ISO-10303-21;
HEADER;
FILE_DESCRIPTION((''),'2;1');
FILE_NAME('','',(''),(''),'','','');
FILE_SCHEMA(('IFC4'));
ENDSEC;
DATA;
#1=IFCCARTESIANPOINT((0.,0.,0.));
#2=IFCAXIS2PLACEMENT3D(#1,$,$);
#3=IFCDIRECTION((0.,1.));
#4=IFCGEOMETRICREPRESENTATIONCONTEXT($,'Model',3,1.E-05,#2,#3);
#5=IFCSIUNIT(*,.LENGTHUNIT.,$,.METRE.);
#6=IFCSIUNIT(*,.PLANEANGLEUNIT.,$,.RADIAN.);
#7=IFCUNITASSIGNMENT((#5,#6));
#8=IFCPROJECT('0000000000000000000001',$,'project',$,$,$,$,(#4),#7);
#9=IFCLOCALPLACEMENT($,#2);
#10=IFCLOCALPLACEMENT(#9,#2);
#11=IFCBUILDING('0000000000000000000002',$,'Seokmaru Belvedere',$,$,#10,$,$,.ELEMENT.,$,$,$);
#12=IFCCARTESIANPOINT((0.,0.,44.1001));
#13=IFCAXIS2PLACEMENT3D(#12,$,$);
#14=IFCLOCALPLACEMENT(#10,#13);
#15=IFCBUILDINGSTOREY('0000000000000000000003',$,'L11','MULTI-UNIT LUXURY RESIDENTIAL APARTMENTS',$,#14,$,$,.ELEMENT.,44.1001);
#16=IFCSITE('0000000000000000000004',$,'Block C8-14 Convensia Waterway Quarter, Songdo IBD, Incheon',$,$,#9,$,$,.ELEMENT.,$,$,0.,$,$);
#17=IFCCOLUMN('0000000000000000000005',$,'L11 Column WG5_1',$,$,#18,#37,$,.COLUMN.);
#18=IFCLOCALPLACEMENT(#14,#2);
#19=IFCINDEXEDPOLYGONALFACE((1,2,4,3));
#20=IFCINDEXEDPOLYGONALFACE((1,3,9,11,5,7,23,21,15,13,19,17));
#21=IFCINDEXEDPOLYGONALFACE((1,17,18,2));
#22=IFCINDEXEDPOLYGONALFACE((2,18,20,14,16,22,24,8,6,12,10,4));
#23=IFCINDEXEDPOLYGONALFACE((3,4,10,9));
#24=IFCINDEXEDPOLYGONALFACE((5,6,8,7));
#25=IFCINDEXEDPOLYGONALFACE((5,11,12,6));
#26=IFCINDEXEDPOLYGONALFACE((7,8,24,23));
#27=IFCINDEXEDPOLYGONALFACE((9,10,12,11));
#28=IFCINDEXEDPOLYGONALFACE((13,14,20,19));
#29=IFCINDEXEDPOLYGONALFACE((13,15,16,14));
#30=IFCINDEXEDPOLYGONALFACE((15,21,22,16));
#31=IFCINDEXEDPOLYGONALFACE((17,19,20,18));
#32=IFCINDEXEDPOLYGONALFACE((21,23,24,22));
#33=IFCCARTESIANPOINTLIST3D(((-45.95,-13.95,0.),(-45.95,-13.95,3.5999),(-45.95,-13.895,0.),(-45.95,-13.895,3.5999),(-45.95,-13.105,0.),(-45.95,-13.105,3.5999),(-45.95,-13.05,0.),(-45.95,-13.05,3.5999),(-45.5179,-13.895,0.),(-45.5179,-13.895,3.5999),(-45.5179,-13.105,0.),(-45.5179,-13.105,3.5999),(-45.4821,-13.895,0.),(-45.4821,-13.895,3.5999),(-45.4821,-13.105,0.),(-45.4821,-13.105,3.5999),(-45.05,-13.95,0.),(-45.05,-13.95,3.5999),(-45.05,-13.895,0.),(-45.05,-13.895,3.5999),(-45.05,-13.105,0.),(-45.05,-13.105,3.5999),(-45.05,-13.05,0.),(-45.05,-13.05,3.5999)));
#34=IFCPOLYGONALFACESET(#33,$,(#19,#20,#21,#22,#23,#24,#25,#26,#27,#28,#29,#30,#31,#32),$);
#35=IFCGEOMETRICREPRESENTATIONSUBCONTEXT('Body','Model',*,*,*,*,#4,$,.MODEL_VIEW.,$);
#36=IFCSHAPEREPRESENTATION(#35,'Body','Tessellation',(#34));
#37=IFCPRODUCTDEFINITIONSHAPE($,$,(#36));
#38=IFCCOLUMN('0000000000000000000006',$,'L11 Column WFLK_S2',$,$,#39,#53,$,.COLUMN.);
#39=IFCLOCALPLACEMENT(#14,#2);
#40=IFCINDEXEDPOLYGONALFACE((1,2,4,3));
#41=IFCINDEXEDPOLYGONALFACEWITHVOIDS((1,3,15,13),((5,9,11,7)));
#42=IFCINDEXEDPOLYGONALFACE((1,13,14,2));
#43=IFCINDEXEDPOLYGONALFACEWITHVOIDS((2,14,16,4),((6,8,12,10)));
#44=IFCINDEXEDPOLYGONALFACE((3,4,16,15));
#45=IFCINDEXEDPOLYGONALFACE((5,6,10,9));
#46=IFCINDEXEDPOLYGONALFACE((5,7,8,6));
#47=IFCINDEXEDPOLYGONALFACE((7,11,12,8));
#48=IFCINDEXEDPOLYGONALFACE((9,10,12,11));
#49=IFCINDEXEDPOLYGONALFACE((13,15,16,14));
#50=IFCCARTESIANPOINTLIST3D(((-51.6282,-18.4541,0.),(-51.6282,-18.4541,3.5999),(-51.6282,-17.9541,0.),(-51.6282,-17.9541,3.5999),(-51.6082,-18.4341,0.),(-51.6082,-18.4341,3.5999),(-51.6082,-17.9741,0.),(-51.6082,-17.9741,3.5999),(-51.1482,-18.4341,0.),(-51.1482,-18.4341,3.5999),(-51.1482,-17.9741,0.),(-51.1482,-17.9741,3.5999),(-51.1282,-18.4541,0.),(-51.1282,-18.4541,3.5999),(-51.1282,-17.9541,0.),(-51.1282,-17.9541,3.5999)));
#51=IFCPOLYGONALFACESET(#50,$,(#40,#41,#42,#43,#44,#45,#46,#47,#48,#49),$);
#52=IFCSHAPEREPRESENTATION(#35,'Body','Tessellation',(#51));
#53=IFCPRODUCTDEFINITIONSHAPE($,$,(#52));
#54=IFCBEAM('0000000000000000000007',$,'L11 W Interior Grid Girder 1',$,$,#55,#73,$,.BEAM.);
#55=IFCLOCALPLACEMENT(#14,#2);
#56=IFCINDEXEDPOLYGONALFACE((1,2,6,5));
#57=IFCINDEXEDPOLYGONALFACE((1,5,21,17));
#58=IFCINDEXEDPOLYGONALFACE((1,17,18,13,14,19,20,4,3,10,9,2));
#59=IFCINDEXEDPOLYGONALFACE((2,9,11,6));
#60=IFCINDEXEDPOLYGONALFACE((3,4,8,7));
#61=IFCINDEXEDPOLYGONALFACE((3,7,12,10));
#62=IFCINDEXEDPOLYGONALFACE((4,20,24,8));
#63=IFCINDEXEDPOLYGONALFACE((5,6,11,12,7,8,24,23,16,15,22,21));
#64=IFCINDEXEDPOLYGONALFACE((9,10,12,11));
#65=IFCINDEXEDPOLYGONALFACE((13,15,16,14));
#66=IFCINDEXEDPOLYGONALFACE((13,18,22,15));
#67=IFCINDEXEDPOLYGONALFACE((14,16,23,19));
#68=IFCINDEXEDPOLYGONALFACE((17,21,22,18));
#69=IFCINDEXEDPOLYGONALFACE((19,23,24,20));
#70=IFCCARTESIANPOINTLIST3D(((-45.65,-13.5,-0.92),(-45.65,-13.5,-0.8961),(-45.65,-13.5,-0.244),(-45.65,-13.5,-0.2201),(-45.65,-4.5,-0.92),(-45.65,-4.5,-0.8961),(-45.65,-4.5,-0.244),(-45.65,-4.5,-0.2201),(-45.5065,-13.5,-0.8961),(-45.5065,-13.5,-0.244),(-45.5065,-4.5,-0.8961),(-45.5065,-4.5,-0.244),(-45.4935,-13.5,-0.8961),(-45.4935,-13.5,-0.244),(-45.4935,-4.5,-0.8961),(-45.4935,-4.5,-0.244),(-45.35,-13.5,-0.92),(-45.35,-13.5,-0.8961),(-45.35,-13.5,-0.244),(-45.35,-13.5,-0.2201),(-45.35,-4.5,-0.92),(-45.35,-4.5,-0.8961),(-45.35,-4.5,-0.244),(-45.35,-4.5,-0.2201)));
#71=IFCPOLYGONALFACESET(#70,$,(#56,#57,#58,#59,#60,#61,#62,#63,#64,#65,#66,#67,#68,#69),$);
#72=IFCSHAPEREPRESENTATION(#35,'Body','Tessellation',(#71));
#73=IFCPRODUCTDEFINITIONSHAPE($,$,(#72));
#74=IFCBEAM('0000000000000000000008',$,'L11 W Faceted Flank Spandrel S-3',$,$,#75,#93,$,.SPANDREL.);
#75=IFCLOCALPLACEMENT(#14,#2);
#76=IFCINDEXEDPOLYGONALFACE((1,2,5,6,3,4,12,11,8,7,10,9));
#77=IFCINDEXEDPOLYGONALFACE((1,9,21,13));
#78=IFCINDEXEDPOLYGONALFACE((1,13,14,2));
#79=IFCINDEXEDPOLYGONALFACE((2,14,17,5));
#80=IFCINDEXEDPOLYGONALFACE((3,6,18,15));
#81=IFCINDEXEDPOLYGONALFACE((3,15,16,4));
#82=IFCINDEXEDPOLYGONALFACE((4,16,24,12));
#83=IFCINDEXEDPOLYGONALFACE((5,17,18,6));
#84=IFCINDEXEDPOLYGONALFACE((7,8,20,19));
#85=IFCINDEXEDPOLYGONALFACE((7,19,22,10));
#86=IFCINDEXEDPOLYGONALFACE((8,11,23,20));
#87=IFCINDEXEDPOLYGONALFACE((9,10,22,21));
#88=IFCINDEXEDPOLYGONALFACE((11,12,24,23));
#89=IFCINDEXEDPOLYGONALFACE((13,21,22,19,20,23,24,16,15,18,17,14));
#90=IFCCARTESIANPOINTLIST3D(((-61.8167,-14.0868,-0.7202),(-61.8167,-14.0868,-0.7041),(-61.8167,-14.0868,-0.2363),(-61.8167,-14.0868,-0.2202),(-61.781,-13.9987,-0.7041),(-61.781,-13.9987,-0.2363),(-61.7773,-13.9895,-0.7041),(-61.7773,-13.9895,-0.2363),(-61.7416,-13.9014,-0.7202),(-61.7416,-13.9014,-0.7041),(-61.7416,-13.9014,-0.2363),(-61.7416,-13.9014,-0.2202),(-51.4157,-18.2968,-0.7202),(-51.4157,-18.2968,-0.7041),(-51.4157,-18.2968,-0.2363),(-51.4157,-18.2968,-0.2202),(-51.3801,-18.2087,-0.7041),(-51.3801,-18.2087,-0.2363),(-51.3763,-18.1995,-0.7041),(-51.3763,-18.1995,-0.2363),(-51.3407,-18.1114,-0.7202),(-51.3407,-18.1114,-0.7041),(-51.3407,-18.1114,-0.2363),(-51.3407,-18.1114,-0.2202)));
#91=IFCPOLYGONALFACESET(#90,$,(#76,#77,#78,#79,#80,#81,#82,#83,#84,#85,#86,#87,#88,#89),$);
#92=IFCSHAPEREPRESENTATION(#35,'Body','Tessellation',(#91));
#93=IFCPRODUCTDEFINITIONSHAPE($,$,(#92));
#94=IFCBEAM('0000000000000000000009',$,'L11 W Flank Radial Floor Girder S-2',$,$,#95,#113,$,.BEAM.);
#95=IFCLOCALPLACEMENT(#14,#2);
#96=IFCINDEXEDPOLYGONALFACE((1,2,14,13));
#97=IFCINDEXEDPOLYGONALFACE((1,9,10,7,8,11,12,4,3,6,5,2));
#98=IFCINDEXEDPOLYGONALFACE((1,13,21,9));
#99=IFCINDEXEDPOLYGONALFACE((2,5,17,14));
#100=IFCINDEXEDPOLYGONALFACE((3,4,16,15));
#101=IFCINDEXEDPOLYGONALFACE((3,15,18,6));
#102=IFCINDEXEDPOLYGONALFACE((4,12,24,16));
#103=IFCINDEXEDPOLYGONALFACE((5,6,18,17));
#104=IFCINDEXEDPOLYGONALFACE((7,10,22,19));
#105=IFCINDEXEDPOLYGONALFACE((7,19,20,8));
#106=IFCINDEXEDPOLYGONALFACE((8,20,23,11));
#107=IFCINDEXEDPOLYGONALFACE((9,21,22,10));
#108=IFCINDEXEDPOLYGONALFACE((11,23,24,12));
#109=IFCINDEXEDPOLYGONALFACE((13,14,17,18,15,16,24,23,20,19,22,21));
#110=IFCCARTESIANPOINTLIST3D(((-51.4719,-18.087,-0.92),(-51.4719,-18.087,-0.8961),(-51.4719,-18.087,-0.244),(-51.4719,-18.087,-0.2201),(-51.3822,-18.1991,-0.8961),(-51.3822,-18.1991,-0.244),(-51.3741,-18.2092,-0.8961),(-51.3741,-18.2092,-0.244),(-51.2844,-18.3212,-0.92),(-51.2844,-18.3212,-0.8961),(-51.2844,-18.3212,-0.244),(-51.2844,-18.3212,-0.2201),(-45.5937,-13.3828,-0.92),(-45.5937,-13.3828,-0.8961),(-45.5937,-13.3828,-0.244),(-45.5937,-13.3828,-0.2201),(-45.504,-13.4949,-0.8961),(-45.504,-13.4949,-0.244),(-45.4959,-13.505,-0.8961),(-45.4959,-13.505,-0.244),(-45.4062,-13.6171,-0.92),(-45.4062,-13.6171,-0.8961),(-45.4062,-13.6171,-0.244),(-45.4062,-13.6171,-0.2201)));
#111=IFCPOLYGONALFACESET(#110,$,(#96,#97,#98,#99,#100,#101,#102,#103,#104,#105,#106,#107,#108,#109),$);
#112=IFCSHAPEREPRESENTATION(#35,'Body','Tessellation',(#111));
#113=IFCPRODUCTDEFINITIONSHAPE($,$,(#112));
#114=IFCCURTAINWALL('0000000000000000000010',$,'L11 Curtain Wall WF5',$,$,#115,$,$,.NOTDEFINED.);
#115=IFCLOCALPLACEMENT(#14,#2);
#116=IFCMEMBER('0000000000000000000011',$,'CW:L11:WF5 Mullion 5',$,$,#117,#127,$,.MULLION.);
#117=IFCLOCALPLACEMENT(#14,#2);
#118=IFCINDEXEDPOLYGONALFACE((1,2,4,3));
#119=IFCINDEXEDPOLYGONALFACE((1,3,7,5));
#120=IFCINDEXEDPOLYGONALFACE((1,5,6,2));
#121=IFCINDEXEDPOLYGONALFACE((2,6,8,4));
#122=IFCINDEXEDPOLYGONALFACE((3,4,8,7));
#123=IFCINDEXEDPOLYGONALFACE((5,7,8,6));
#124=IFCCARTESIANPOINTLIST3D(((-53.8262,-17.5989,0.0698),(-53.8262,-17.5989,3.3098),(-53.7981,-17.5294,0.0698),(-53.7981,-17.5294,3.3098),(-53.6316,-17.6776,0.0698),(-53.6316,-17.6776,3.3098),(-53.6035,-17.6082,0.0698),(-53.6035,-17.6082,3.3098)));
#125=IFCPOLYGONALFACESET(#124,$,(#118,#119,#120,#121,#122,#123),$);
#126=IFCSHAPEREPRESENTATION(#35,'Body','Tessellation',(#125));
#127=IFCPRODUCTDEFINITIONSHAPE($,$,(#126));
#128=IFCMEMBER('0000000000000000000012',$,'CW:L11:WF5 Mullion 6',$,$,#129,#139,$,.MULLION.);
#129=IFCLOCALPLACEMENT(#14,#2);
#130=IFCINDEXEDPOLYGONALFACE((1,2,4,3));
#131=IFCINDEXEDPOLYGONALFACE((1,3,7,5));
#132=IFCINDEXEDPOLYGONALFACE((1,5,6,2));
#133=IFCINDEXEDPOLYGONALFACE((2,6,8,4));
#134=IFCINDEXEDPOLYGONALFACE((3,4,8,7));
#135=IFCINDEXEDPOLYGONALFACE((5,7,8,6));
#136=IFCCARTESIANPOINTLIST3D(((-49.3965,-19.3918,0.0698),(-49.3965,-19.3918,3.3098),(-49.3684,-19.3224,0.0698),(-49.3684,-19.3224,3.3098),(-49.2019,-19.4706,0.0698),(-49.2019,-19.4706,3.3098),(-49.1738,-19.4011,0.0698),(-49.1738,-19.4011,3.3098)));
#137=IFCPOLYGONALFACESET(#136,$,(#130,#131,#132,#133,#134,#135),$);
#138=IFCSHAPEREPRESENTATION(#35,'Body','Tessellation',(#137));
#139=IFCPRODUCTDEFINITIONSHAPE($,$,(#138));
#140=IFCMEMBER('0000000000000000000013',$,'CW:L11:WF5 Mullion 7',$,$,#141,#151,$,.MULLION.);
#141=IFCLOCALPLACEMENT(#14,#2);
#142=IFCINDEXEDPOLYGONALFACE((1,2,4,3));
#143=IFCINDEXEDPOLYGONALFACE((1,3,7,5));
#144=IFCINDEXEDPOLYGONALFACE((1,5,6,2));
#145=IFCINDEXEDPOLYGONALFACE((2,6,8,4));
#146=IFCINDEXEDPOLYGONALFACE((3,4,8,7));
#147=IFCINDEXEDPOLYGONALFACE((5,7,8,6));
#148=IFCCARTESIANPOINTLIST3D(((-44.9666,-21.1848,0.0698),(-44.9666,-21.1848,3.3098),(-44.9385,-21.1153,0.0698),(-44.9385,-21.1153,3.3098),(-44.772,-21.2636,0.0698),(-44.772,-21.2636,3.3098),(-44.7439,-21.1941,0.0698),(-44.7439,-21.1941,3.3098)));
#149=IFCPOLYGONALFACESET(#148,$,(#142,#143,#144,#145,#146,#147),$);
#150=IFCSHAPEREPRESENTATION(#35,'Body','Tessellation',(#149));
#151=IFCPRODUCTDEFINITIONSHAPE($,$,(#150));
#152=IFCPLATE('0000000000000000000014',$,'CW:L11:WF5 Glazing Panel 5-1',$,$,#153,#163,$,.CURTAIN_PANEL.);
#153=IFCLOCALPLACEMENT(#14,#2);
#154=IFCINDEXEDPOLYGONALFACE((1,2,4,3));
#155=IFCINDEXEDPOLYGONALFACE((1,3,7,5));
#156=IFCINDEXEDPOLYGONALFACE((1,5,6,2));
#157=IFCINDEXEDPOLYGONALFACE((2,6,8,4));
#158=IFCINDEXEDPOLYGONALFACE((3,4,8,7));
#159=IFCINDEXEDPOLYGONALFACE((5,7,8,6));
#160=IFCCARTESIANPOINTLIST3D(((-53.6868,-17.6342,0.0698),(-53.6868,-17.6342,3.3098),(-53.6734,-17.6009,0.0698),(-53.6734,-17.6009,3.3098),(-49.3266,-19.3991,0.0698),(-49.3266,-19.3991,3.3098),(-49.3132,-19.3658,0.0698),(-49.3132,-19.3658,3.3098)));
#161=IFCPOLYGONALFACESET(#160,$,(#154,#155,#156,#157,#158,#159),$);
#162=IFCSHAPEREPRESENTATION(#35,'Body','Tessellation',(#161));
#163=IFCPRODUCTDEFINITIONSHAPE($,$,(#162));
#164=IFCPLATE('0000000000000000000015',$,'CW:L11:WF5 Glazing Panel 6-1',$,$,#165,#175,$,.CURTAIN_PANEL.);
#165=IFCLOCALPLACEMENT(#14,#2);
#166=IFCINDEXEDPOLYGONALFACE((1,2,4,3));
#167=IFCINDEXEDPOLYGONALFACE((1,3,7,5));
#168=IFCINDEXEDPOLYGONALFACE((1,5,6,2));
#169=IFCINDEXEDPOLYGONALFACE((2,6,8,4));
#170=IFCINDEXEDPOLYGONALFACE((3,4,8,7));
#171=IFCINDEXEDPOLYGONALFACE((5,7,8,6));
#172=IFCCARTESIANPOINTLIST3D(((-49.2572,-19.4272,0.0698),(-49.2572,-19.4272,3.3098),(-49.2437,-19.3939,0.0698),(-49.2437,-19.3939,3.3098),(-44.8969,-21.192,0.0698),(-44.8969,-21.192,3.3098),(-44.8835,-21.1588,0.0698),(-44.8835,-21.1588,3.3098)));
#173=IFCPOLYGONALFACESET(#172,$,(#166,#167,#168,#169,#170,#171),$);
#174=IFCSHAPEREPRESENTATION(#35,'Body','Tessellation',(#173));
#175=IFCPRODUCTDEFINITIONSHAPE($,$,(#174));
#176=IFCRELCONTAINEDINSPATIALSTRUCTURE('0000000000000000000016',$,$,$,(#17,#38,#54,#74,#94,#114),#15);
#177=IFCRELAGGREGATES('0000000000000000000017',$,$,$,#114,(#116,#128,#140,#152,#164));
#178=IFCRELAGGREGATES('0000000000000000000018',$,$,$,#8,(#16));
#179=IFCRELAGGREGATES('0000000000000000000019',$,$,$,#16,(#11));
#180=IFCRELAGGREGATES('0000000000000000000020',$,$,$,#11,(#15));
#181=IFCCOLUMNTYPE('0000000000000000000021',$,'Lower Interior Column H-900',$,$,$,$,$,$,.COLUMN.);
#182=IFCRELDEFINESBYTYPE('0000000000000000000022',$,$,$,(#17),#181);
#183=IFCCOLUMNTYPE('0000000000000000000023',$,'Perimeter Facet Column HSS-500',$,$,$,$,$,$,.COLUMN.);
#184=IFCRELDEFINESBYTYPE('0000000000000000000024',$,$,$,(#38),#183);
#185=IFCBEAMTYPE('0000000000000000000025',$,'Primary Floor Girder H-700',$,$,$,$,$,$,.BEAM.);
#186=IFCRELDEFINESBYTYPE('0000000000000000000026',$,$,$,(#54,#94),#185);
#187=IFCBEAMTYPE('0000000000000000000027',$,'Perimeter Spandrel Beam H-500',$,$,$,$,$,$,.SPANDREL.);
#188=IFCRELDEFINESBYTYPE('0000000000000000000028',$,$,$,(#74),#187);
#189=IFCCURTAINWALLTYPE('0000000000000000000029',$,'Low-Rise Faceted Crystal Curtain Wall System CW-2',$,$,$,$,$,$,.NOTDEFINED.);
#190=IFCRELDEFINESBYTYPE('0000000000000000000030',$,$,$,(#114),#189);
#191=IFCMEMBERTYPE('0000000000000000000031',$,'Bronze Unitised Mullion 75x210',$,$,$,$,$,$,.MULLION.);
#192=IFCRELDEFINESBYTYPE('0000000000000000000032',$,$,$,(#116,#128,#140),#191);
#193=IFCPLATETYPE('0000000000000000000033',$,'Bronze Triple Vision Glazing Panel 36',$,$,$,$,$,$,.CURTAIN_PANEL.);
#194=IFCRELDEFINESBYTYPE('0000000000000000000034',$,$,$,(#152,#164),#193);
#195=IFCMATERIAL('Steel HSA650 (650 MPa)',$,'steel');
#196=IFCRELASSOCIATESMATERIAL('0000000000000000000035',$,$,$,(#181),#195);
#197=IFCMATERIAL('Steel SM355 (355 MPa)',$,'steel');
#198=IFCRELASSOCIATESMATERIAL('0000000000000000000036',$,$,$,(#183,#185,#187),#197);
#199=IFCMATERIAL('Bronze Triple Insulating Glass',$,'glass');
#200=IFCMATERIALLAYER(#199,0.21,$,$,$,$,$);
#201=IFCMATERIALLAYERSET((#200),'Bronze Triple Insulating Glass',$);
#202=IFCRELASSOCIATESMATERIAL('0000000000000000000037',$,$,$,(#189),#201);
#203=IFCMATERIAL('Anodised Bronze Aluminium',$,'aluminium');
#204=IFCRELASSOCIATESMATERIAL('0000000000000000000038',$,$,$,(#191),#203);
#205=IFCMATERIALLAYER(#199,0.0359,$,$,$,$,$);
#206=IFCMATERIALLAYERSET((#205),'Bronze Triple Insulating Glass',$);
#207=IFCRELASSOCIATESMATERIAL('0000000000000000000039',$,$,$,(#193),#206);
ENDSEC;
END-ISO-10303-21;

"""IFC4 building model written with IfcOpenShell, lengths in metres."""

from ifc_helpers import new_model, si_unit, direction, frame, origin, origin_2d, place, context, subcontext, project, spatial, rectangle, hollow_rectangle, i_section, extrude, source, transform, mapped, material, layer, layer_set, material_profile, profile_set, type_object, type_shapes, element, aggregate, save


model = new_model("IFC4")

# Units and contexts
model_context = context("Model", 3, precision=1e-05, world=origin(), true_north=direction((0.0, 1.0)))
body_context = subcontext(model_context, "Body", "Model", "MODEL_VIEW")
ifc_project = project(units=[si_unit("LENGTHUNIT", "METRE"), si_unit("PLANEANGLEUNIT", "RADIAN")], contexts=[model_context])

# Site, building, storey
site_placement = place(None, origin())
site = spatial("IfcSite", under=ifc_project, at=site_placement, Name="Block C8-14 Convensia Waterway Quarter, Songdo IBD, Incheon", CompositionType="ELEMENT", RefElevation=0.0)
building_placement = place(site_placement, origin())
building = spatial("IfcBuilding", under=site, at=building_placement, Name="Seokmaru Belvedere", CompositionType="ELEMENT")
storey_placement = place(building_placement, frame((0.0, 0.0, 44.1001)))
storey = spatial("IfcBuildingStorey", under=building, at=storey_placement, Name="L11", Description="MULTI-UNIT LUXURY RESIDENTIAL APARTMENTS", CompositionType="ELEMENT", Elevation=44.1001)

# Columns
ifc_material_1 = material(Name="Steel HSA650 (650 MPa)", Category="steel")
ifc_material_profile_1 = material_profile(ifc_material_1, i_section(OverallWidth=0.8999, OverallDepth=0.8999, WebThickness=0.0359, FlangeThickness=0.0549, at=origin_2d()), Name="H-900x900x36x55")
ifc_profile_set_1 = profile_set([ifc_material_profile_1], Name="Steel HSA650 (650 MPa)")
column_type_1 = type_object("IfcColumnType", Name="Lower Interior Column H-900", PredefinedType="COLUMN", material=ifc_profile_set_1)
shared_shape_1 = source(origin(), body_context, "Body", "SweptSolid", [
    extrude(i_section(OverallWidth=0.8999, OverallDepth=0.8999, WebThickness=0.0359, FlangeThickness=0.0549, at=origin_2d()), origin(), (0.0, 0.0, 1.0), 3.5999),
])
type_shapes(column_type_1, [shared_shape_1])
column_1_placement = place(storey_placement, frame((-45.5, -13.5, 0.0), z_axis=(0.0, 0.0, 1.0), x_axis=(1.0, 0.0, 0.0)))
element("IfcColumn", 1, at=column_1_placement, inside=storey, type_object=column_type_1, Name="L11 Column WG5_1", PredefinedType="COLUMN", context=body_context, shape_type="MappedRepresentation", body=[
    mapped(shared_shape_1, transform((0.0, 0.0, 0.0), scale=1.0)),
])
ifc_material_2 = material(Name="Steel SM355 (355 MPa)", Category="steel")
ifc_material_profile_2 = material_profile(ifc_material_2, hollow_rectangle(XDim=0.5, YDim=0.5, WallThickness=0.02, at=origin_2d()), Name="HSS-500x500x20")
ifc_profile_set_2 = profile_set([ifc_material_profile_2], Name="Steel SM355 (355 MPa)")
column_type_2 = type_object("IfcColumnType", Name="Perimeter Facet Column HSS-500", PredefinedType="COLUMN", material=ifc_profile_set_2)
shared_shape_2 = source(origin(), body_context, "Body", "SweptSolid", [
    extrude(hollow_rectangle(XDim=0.5, YDim=0.5, WallThickness=0.02, at=origin_2d()), origin(), (0.0, 0.0, 1.0), 3.5999),
])
type_shapes(column_type_2, [shared_shape_2])
column_2_placement = place(storey_placement, frame((-51.3782, -18.2041, 0.0), z_axis=(0.0, 0.0, 1.0), x_axis=(1.0, 0.0, 0.0)))
element("IfcColumn", 2, at=column_2_placement, inside=storey, type_object=column_type_2, Name="L11 Column WFLK_S2", PredefinedType="COLUMN", context=body_context, shape_type="MappedRepresentation", body=[
    mapped(shared_shape_2, transform((0.0, 0.0, 0.0), scale=1.0)),
])

# Beams
ifc_material_profile_3 = material_profile(ifc_material_2, i_section(OverallWidth=0.3, OverallDepth=0.7, WebThickness=0.0129, FlangeThickness=0.0239, at=origin_2d()), Name="H-700x300x13x24")
ifc_profile_set_3 = profile_set([ifc_material_profile_3], Name="Steel SM355 (355 MPa)")
beam_type_1 = type_object("IfcBeamType", Name="Primary Floor Girder H-700", PredefinedType="BEAM", material=ifc_profile_set_3)
shared_shape_3 = source(origin(), body_context, "Body", "SweptSolid", [
    extrude(i_section(OverallWidth=0.3, OverallDepth=0.7, WebThickness=0.0129, FlangeThickness=0.0239, at=origin_2d()), origin(), (0.0, 0.0, 1.0), 9.0),
])
beam_1_placement = place(storey_placement, frame((-45.5, -13.5, -0.5701), z_axis=(0.0, 1.0, 0.0), x_axis=(-1.0, 0.0, 0.0)))
element("IfcBeam", 3, at=beam_1_placement, inside=storey, type_object=beam_type_1, Name="L11 W Interior Grid Girder 1", PredefinedType="BEAM", context=body_context, shape_type="MappedRepresentation", body=[
    mapped(shared_shape_3, transform((0.0, 0.0, 0.0), scale=1.0)),
])
ifc_material_profile_4 = material_profile(ifc_material_2, i_section(OverallWidth=0.2, OverallDepth=0.5, WebThickness=0.01, FlangeThickness=0.0161, at=origin_2d()), Name="H-500x200x10x16")
ifc_profile_set_4 = profile_set([ifc_material_profile_4], Name="Steel SM355 (355 MPa)")
beam_type_2 = type_object("IfcBeamType", Name="Perimeter Spandrel Beam H-500", PredefinedType="SPANDREL", material=ifc_profile_set_4)
shared_shape_4 = source(origin(), body_context, "Body", "SweptSolid", [
    extrude(i_section(OverallWidth=0.2, OverallDepth=0.5, WebThickness=0.01, FlangeThickness=0.0161, at=origin_2d()), origin(), (0.0, 0.0, 1.0), 11.2207),
])
type_shapes(beam_type_2, [shared_shape_4])
beam_2_placement = place(storey_placement, frame((-51.3782, -18.2041, -0.4702), z_axis=(-0.926944, 0.375199, 0.0), x_axis=(-0.375199, -0.926944, 0.0)))
element("IfcBeam", 4, at=beam_2_placement, inside=storey, type_object=beam_type_2, Name="L11 W Faceted Flank Spandrel S-3", PredefinedType="SPANDREL", context=body_context, shape_type="MappedRepresentation", body=[
    mapped(shared_shape_4, transform((0.0, 0.0, 0.0), scale=1.0)),
])
shared_shape_5 = source(origin(), body_context, "Body", "SweptSolid", [
    extrude(i_section(OverallWidth=0.3, OverallDepth=0.7, WebThickness=0.0129, FlangeThickness=0.0239, at=origin_2d()), origin(), (0.0, 0.0, 1.0), 7.5288),
])
type_shapes(beam_type_1, [shared_shape_3, shared_shape_5])
beam_3_placement = place(storey_placement, frame((-51.3782, -18.2041, -0.5701), z_axis=(0.780768, 0.624822, 0.0), x_axis=(-0.624822, 0.780768, 0.0)))
element("IfcBeam", 5, at=beam_3_placement, inside=storey, type_object=beam_type_1, Name="L11 W Flank Radial Floor Girder S-2", PredefinedType="BEAM", context=body_context, shape_type="MappedRepresentation", body=[
    mapped(shared_shape_5, transform((0.0, 0.0, 0.0), scale=1.0)),
])

# Curtain wall, members, plates
ifc_material_3 = material(Name="Bronze Triple Insulating Glass", Category="glass")
ifc_layer_1 = layer(ifc_material_3, 0.21)
ifc_layer_set_1 = layer_set([ifc_layer_1], Name="Bronze Triple Insulating Glass")
curtain_wall_type = type_object("IfcCurtainWallType", Name="Low-Rise Faceted Crystal Curtain Wall System CW-2", PredefinedType="NOTDEFINED", material=ifc_layer_set_1)
curtain_wall_placement = place(storey_placement, origin())
curtain_wall = element("IfcCurtainWall", 6, at=curtain_wall_placement, inside=storey, type_object=curtain_wall_type, Name="L11 Curtain Wall WF5", PredefinedType="NOTDEFINED")
ifc_material_4 = material(Name="Anodised Bronze Aluminium", Category="aluminium")
ifc_material_profile_5 = material_profile(ifc_material_4, rectangle(XDim=0.075, YDim=0.21, at=origin_2d()), Name="CW-M-75x210")
ifc_profile_set_5 = profile_set([ifc_material_profile_5], Name="Anodised Bronze Aluminium")
member_type = type_object("IfcMemberType", Name="Bronze Unitised Mullion 75x210", PredefinedType="MULLION", material=ifc_profile_set_5)
shared_shape_6 = source(origin(), body_context, "Body", "SweptSolid", [
    extrude(rectangle(XDim=0.075, YDim=0.21, at=origin_2d()), origin(), (0.0, 0.0, 1.0), 3.24),
])
type_shapes(member_type, [shared_shape_6])
member_1_placement = place(storey_placement, frame((-53.7148, -17.6035, 0.0698), z_axis=(0.0, 0.0, 1.0), x_axis=(0.375192, 0.926947, 0.0)))
member_1 = element("IfcMember", 7, at=member_1_placement, type_object=member_type, Name="CW:L11:WF5 Mullion 5", PredefinedType="MULLION", context=body_context, shape_type="MappedRepresentation", body=[
    mapped(shared_shape_6, transform((0.0, 0.0, 0.0), scale=1.0)),
])
member_2_placement = place(storey_placement, frame((-49.2852, -19.3965, 0.0698), z_axis=(0.0, 0.0, 1.0), x_axis=(0.375192, 0.926947, 0.0)))
member_2 = element("IfcMember", 8, at=member_2_placement, type_object=member_type, Name="CW:L11:WF5 Mullion 6", PredefinedType="MULLION", context=body_context, shape_type="MappedRepresentation", body=[
    mapped(shared_shape_6, transform((0.0, 0.0, 0.0), scale=1.0)),
])
member_3_placement = place(storey_placement, frame((-44.8552, -21.1895, 0.0698), z_axis=(0.0, 0.0, 1.0), x_axis=(0.375192, 0.926947, 0.0)))
member_3 = element("IfcMember", 9, at=member_3_placement, type_object=member_type, Name="CW:L11:WF5 Mullion 7", PredefinedType="MULLION", context=body_context, shape_type="MappedRepresentation", body=[
    mapped(shared_shape_6, transform((0.0, 0.0, 0.0), scale=1.0)),
])
ifc_layer_2 = layer(ifc_material_3, 0.0359)
ifc_layer_set_2 = layer_set([ifc_layer_2], Name="Bronze Triple Insulating Glass")
plate_type = type_object("IfcPlateType", Name="Bronze Triple Vision Glazing Panel 36", PredefinedType="CURTAIN_PANEL", material=ifc_layer_set_2)
shared_shape_7 = source(origin(), body_context, "Body", "SweptSolid", [
    extrude(rectangle(XDim=4.7039, YDim=0.0359, at=origin_2d()), origin(), (0.0, 0.0, 1.0), 3.24),
])
type_shapes(plate_type, [shared_shape_7])
plate_1_placement = place(storey_placement, frame((-51.5, -18.5, 0.0698), z_axis=(0.0, 0.0, 1.0), x_axis=(0.926947, -0.375192, 0.0)))
plate_1 = element("IfcPlate", 10, at=plate_1_placement, type_object=plate_type, Name="CW:L11:WF5 Glazing Panel 5-1", PredefinedType="CURTAIN_PANEL", context=body_context, shape_type="MappedRepresentation", body=[
    mapped(shared_shape_7, transform((0.0, 0.0, 0.0), scale=1.0)),
])
plate_2_placement = place(storey_placement, frame((-47.0703, -20.293, 0.0698), z_axis=(0.0, 0.0, 1.0), x_axis=(0.926947, -0.375192, 0.0)))
plate_2 = element("IfcPlate", 11, at=plate_2_placement, type_object=plate_type, Name="CW:L11:WF5 Glazing Panel 6-1", PredefinedType="CURTAIN_PANEL", context=body_context, shape_type="MappedRepresentation", body=[
    mapped(shared_shape_7, transform((0.0, 0.0, 0.0), scale=1.0)),
])
aggregate(curtain_wall, [member_1, member_2, member_3, plate_1, plate_2])

save(model, "model.ifc")
